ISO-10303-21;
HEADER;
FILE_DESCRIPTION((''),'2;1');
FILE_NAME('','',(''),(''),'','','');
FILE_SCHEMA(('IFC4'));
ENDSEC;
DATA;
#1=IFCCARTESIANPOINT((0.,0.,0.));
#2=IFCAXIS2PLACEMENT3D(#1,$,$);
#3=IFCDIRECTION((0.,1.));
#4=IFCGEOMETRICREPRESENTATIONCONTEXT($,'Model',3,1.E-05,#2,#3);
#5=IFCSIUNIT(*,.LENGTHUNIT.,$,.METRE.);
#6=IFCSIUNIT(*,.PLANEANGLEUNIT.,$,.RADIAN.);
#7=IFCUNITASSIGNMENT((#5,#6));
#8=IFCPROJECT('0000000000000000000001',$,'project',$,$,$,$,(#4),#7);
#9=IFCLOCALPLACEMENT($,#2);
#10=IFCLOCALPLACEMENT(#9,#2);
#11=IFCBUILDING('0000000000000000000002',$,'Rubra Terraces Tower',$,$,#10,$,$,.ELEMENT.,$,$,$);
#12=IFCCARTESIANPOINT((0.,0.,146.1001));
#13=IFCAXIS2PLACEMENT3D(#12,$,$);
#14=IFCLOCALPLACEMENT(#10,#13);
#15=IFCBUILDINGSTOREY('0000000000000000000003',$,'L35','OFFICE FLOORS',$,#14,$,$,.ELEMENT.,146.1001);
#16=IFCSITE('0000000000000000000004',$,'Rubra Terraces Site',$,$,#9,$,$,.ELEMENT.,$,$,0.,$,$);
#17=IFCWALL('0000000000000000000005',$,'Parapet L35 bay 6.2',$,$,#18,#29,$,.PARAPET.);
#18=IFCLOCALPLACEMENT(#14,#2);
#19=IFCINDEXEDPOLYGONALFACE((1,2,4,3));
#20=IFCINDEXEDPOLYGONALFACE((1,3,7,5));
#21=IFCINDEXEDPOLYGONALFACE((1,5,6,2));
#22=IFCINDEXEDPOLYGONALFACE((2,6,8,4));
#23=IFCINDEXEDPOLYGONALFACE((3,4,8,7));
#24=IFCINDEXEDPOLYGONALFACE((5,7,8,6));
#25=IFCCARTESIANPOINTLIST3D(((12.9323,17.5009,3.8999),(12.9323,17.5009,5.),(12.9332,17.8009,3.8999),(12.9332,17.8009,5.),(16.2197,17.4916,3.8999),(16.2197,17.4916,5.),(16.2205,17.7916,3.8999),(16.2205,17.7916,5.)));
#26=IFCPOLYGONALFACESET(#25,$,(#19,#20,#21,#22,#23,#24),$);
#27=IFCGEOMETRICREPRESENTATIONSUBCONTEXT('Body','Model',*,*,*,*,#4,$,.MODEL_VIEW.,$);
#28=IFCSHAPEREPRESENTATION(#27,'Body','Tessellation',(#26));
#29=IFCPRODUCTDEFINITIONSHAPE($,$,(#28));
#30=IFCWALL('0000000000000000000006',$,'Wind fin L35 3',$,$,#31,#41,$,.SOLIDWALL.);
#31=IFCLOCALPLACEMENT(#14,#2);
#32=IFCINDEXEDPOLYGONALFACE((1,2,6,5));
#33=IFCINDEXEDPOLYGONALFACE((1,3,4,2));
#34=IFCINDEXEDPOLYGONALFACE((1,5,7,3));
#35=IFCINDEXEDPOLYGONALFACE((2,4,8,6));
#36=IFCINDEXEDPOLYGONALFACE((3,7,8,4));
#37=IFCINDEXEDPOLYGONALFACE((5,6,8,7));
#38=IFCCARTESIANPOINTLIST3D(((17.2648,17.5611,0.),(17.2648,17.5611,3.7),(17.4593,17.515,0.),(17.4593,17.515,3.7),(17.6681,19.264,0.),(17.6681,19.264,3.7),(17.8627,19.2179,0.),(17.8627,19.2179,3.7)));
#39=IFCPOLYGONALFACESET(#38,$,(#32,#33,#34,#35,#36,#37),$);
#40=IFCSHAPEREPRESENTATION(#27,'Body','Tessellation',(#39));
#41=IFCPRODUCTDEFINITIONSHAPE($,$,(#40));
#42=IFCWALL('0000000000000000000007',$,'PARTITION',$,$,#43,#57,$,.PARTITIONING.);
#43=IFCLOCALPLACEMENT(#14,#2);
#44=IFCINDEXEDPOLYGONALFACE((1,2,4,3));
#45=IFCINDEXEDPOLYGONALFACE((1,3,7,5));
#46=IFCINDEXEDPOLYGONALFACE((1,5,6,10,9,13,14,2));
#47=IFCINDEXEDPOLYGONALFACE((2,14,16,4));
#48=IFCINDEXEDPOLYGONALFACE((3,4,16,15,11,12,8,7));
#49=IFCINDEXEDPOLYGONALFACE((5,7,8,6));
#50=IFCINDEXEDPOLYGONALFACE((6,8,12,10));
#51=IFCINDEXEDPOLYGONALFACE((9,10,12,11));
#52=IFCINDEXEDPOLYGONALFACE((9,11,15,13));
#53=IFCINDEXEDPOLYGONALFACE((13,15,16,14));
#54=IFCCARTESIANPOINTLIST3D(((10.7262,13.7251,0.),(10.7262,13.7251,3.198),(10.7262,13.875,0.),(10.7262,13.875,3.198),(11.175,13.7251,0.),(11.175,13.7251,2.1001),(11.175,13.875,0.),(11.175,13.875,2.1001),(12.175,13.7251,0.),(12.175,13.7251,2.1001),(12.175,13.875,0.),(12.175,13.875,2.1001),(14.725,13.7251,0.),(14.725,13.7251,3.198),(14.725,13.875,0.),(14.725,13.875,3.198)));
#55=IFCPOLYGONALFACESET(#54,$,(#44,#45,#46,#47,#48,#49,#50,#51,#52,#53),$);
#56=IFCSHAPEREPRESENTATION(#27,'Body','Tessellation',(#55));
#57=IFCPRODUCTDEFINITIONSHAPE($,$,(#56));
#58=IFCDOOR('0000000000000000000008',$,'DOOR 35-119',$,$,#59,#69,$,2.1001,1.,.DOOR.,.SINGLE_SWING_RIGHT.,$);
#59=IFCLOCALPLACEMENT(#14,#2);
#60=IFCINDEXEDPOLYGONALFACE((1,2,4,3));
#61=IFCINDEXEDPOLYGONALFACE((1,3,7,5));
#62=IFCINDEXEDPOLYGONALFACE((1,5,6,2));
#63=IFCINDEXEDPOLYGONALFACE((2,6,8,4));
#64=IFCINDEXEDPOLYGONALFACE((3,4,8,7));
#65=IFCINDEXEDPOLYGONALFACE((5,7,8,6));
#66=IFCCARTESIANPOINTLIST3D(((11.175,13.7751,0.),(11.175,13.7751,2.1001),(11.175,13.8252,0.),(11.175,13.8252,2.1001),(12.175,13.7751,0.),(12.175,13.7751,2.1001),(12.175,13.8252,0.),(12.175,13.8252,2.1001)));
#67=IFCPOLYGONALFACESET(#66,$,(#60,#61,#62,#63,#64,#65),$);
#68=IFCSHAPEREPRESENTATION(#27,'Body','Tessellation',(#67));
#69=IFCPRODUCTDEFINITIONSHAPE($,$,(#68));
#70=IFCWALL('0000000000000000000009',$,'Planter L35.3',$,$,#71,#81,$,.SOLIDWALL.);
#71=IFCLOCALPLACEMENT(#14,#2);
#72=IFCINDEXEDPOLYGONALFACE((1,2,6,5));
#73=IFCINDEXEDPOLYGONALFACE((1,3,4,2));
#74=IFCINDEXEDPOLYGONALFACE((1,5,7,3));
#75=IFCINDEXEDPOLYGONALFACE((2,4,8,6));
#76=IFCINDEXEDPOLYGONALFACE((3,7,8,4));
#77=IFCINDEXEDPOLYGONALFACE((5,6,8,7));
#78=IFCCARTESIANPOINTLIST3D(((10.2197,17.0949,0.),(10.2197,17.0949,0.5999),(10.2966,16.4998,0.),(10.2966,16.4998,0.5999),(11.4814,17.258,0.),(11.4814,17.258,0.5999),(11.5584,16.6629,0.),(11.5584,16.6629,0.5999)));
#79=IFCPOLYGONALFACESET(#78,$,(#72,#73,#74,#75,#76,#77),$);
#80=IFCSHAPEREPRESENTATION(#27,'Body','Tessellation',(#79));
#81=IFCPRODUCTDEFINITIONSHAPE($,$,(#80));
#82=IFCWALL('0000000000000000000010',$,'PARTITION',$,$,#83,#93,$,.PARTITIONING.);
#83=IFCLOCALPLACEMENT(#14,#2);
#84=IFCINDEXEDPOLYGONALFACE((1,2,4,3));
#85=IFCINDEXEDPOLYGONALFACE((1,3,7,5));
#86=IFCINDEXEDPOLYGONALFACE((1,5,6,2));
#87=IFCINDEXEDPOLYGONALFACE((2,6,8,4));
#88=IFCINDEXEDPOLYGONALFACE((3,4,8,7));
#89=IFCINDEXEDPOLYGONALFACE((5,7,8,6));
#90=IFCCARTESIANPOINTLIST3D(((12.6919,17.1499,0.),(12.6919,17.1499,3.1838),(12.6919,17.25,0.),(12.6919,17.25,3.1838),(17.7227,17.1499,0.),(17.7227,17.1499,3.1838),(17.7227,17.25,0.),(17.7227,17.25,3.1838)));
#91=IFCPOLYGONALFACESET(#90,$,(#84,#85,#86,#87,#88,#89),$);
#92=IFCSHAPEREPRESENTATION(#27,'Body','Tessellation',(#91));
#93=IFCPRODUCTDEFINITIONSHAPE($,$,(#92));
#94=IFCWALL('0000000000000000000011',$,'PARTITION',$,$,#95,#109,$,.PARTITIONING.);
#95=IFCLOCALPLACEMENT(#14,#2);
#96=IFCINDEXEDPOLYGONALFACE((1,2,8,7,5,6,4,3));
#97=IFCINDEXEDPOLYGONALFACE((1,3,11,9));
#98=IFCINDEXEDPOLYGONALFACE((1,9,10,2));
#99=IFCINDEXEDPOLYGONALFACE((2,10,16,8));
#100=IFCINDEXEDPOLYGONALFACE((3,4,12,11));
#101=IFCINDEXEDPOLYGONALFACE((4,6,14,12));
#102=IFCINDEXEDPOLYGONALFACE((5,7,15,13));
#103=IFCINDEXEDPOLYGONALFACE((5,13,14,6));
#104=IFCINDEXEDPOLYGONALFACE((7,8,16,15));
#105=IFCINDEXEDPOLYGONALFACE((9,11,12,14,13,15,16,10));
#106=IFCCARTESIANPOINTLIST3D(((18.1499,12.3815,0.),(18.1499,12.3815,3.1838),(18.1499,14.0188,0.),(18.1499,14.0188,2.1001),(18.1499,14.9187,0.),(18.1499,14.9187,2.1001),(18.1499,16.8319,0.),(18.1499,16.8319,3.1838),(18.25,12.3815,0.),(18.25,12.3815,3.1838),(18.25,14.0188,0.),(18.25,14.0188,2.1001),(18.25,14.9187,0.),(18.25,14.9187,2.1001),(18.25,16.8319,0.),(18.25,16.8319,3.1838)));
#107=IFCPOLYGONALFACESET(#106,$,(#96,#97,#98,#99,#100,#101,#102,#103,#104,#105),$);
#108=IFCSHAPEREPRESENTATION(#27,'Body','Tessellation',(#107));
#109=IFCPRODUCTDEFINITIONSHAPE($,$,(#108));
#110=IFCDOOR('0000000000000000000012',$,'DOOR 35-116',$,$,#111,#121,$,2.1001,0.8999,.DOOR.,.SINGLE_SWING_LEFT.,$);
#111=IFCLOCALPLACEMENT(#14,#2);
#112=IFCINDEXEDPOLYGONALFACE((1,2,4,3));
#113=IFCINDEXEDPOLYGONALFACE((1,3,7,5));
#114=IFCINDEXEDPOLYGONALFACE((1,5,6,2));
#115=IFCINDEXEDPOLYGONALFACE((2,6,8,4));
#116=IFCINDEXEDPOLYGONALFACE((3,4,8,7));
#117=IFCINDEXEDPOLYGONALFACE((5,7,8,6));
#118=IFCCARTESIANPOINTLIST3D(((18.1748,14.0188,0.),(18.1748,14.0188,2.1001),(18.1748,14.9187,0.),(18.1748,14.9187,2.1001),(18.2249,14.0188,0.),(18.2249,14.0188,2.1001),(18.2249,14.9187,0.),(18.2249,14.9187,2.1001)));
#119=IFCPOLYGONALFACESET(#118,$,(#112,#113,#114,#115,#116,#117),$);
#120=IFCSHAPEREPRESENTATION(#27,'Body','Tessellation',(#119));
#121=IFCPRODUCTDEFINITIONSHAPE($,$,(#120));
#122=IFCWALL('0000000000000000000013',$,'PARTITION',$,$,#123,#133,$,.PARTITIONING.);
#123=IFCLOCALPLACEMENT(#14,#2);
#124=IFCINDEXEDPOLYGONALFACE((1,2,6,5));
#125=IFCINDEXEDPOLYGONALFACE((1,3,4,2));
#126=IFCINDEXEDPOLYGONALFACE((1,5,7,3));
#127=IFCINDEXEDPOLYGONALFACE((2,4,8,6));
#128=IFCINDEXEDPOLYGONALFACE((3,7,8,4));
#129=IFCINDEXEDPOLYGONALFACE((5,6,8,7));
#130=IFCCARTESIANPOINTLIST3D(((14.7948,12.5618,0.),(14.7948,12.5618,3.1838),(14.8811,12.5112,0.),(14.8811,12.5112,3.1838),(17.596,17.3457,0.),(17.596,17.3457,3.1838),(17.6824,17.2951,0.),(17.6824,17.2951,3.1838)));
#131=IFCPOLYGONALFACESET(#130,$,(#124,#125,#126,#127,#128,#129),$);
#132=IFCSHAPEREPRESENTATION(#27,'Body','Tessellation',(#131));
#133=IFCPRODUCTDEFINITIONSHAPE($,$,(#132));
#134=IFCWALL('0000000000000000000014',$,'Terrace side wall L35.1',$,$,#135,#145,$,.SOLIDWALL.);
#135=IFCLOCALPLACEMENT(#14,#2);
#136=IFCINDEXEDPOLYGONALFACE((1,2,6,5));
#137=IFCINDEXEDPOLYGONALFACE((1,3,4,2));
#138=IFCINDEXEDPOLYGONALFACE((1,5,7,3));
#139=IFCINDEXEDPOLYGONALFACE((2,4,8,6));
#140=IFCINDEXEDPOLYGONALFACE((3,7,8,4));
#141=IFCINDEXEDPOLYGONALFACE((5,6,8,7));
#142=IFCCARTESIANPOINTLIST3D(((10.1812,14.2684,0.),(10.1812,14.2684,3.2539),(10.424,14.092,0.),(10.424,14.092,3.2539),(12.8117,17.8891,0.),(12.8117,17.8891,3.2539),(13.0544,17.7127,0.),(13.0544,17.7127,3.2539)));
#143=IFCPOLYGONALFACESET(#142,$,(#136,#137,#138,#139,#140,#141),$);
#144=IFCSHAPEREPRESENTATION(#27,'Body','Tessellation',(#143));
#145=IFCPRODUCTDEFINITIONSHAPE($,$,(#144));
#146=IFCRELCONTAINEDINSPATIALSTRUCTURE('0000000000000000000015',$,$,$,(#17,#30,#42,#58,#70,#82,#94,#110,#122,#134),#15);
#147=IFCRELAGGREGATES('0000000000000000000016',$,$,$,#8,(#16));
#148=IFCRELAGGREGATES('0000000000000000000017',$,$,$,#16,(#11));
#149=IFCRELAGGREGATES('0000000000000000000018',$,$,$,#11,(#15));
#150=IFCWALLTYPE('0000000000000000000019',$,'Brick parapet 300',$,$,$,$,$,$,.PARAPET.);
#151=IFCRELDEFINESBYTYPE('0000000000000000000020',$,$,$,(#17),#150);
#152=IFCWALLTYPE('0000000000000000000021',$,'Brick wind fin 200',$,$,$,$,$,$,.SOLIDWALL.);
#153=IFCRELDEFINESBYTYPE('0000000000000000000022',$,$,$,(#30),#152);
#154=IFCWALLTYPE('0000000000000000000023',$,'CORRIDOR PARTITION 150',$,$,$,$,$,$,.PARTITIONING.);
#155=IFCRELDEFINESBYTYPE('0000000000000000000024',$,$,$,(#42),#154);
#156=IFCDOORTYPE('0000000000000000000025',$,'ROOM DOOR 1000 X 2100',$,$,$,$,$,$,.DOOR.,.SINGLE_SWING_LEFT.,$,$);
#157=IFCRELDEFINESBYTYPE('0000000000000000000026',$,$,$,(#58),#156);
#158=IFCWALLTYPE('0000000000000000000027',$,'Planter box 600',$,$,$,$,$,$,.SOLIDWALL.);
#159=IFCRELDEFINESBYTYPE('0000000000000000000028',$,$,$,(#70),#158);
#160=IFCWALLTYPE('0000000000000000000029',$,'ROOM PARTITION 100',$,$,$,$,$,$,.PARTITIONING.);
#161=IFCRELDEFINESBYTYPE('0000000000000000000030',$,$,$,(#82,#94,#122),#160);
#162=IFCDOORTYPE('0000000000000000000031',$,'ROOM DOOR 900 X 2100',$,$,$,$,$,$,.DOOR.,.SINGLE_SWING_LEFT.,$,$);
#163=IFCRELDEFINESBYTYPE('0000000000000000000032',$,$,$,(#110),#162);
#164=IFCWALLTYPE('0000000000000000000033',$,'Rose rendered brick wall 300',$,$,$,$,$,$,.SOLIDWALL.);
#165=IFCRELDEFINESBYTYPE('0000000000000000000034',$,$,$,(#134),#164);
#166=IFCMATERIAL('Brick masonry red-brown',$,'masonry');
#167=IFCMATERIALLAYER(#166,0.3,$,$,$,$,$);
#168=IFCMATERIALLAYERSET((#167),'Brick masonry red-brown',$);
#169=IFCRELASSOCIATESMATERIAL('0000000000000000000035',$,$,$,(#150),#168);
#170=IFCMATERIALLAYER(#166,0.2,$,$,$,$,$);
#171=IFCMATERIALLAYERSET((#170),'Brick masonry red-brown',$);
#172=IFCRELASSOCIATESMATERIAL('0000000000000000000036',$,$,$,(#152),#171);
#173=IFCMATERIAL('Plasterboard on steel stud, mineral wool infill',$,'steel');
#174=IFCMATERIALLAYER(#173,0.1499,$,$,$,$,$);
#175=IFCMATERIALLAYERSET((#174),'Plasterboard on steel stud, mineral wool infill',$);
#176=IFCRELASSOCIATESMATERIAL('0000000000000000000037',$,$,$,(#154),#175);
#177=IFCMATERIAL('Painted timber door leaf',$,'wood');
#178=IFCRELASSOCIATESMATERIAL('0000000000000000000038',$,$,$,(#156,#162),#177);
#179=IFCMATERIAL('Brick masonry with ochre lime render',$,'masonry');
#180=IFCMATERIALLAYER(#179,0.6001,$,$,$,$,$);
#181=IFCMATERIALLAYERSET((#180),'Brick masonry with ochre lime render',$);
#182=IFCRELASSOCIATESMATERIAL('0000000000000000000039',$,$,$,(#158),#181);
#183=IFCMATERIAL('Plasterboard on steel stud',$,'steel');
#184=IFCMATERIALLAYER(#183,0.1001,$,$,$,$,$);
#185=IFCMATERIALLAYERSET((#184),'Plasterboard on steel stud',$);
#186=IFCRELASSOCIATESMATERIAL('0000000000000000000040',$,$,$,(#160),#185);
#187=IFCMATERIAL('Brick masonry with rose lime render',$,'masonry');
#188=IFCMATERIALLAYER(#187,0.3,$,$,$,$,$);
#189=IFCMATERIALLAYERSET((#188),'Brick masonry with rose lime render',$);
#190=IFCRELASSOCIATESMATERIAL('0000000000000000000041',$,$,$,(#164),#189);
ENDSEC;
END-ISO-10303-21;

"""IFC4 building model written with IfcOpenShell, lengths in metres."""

from ifc_helpers import new_model, si_unit, direction, frame, frame_2d, origin, place, context, subcontext, project, spatial, rectangle, extrude, material, layer, layer_set, type_object, element, fill, save


model = new_model("IFC4")

# Units and contexts
model_context = context("Model", 3, precision=1e-05, world=origin(), true_north=direction((0.0, 1.0)))
body_context = subcontext(model_context, "Body", "Model", "MODEL_VIEW")
ifc_project = project(units=[si_unit("LENGTHUNIT", "METRE"), si_unit("PLANEANGLEUNIT", "RADIAN")], contexts=[model_context])

# Site, building, storey
site_placement = place(None, origin())
site = spatial("IfcSite", under=ifc_project, at=site_placement, Name="Rubra Terraces Site", CompositionType="ELEMENT", RefElevation=0.0)
building_placement = place(site_placement, origin())
building = spatial("IfcBuilding", under=site, at=building_placement, Name="Rubra Terraces Tower", CompositionType="ELEMENT")
storey_placement = place(building_placement, frame((0.0, 0.0, 146.1001)))
storey = spatial("IfcBuildingStorey", under=building, at=storey_placement, Name="L35", Description="OFFICE FLOORS", CompositionType="ELEMENT", Elevation=146.1001)

# Shared definitions
ifc_material_1 = material(Name="Brick masonry red-brown", Category="masonry")

# Walls
ifc_layer_1 = layer(ifc_material_1, 0.3)
ifc_layer_set_1 = layer_set([ifc_layer_1], Name="Brick masonry red-brown")
wall_type_1 = type_object("IfcWallType", Name="Brick parapet 300", PredefinedType="PARAPET", material=ifc_layer_set_1)
wall_1_placement = place(storey_placement, frame((16.22, 17.6416, 3.8999), z_axis=(0.0, 0.0, 1.0), x_axis=(-0.999996, 0.002822, 0.0)))
element("IfcWall", 1, at=wall_1_placement, inside=storey, type_object=wall_type_1, Name="Parapet L35 bay 6.2", PredefinedType="PARAPET", context=body_context, shape_type="SweptSolid", body=[
    extrude(rectangle(XDim=3.2874, YDim=0.3, at=frame_2d((1.6436, 0.0))), origin(), (0.0, 0.0, 1.0), 1.1001),
])
ifc_layer_2 = layer(ifc_material_1, 0.2)
ifc_layer_set_2 = layer_set([ifc_layer_2], Name="Brick masonry red-brown")
wall_type_2 = type_object("IfcWallType", Name="Brick wind fin 200", PredefinedType="SOLIDWALL", material=ifc_layer_set_2)
wall_2_placement = place(storey_placement, frame((17.3621, 17.5381, 0.0), z_axis=(0.0, 0.0, 1.0), x_axis=(0.23047, 0.973079, 0.0)))
element("IfcWall", 2, at=wall_2_placement, inside=storey, type_object=wall_type_2, Name="Wind fin L35 3", PredefinedType="SOLIDWALL", context=body_context, shape_type="SweptSolid", body=[
    extrude(rectangle(XDim=1.75, YDim=0.2, at=frame_2d((0.875, 0.0))), origin(), (0.0, 0.0, 1.0), 3.7),
])

# Wall, opening, door
ifc_material_2 = material(Name="Plasterboard on steel stud, mineral wool infill", Category="steel")
ifc_layer_3 = layer(ifc_material_2, 0.1499)
ifc_layer_set_3 = layer_set([ifc_layer_3], Name="Plasterboard on steel stud, mineral wool infill")
wall_type_3 = type_object("IfcWallType", Name="CORRIDOR PARTITION 150", PredefinedType="PARTITIONING", material=ifc_layer_set_3)
wall_3_placement = place(storey_placement, frame((14.7251, 13.8, 0.0), z_axis=(0.0, 0.0, 1.0), x_axis=(-1.0, 0.0, 0.0)))
wall_3 = element("IfcWall", 3, at=wall_3_placement, inside=storey, type_object=wall_type_3, Name="PARTITION", PredefinedType="PARTITIONING", context=body_context, shape_type="SweptSolid", body=[
    extrude(rectangle(XDim=3.9988, YDim=0.1499, at=frame_2d((1.9995, 0.0))), origin(), (0.0, 0.0, 1.0), 3.198),
])
opening_1_placement = place(wall_3_placement, frame((2.55, 0.0, 0.0)))
opening_1 = element("IfcOpeningElement", 4, at=opening_1_placement, cuts=wall_3, PredefinedType="OPENING", context=body_context, shape_type="SweptSolid", body=[
    extrude(rectangle(XDim=1.0, YDim=2.1001, at=frame_2d((0.5, 1.05))), frame((0.0, 0.085, 0.0), z_axis=(0.0, -1.0, 0.0), x_axis=(1.0, 0.0, 0.0)), (0.0, 0.0, 1.0), 0.1699),
])
ifc_material_3 = material(Name="Painted timber door leaf", Category="wood")
door_type_1 = type_object("IfcDoorType", Name="ROOM DOOR 1000 X 2100", OperationType="SINGLE_SWING_LEFT", PredefinedType="DOOR", material=ifc_material_3)
door_1_placement = place(opening_1_placement, origin())
door_1 = element("IfcDoor", 5, at=door_1_placement, inside=storey, type_object=door_type_1, Name="DOOR 35-119", OperationType="SINGLE_SWING_RIGHT", OverallHeight=2.1001, OverallWidth=1.0, PredefinedType="DOOR", context=body_context, shape_type="SweptSolid", body=[
    extrude(rectangle(XDim=1.0, YDim=2.1001, at=frame_2d((0.5, 1.05))), frame((0.0, 0.0249, 0.0), z_axis=(0.0, -1.0, 0.0), x_axis=(1.0, 0.0, 0.0)), (0.0, 0.0, 1.0), 0.05),
])
fill(opening_1, door_1)
ifc_material_4 = material(Name="Brick masonry with ochre lime render", Category="masonry")

# Walls
ifc_layer_4 = layer(ifc_material_4, 0.6001)
ifc_layer_set_4 = layer_set([ifc_layer_4], Name="Brick masonry with ochre lime render")
wall_type_4 = type_object("IfcWallType", Name="Planter box 600", PredefinedType="SOLIDWALL", material=ifc_layer_set_4)
wall_4_placement = place(storey_placement, frame((11.52, 16.9604, 0.0), z_axis=(0.0, 0.0, 1.0), x_axis=(-0.99175, -0.128191, 0.0)))
element("IfcWall", 6, at=wall_4_placement, inside=storey, type_object=wall_type_4, Name="Planter L35.3", PredefinedType="SOLIDWALL", context=body_context, shape_type="SweptSolid", body=[
    extrude(rectangle(XDim=1.2722, YDim=0.6001, at=frame_2d((0.6362, 0.0))), origin(), (0.0, 0.0, 1.0), 0.5999),
])
ifc_material_5 = material(Name="Plasterboard on steel stud", Category="steel")
ifc_layer_5 = layer(ifc_material_5, 0.1001)
ifc_layer_set_5 = layer_set([ifc_layer_5], Name="Plasterboard on steel stud")
wall_type_5 = type_object("IfcWallType", Name="ROOM PARTITION 100", PredefinedType="PARTITIONING", material=ifc_layer_set_5)
wall_5_placement = place(storey_placement, frame((12.6919, 17.2, 0.0), z_axis=(0.0, 0.0, 1.0), x_axis=(1.0, 0.0, 0.0)))
element("IfcWall", 7, at=wall_5_placement, inside=storey, type_object=wall_type_5, Name="PARTITION", PredefinedType="PARTITIONING", context=body_context, shape_type="SweptSolid", body=[
    extrude(rectangle(XDim=5.0308, YDim=0.1001, at=frame_2d((2.5154, 0.0))), origin(), (0.0, 0.0, 1.0), 3.1838),
])

# Wall, opening, door
wall_6_placement = place(storey_placement, frame((18.2, 16.8318, 0.0), z_axis=(0.0, 0.0, 1.0), x_axis=(0.0, -1.0, 0.0)))
wall_6 = element("IfcWall", 8, at=wall_6_placement, inside=storey, type_object=wall_type_5, Name="PARTITION", PredefinedType="PARTITIONING", context=body_context, shape_type="SweptSolid", body=[
    extrude(rectangle(XDim=4.4504, YDim=0.1001, at=frame_2d((2.2251, 0.0))), origin(), (0.0, 0.0, 1.0), 3.1838),
])
opening_2_placement = place(wall_6_placement, frame((1.9131, 0.0, 0.0)))
opening_2 = element("IfcOpeningElement", 9, at=opening_2_placement, cuts=wall_6, PredefinedType="OPENING", context=body_context, shape_type="SweptSolid", body=[
    extrude(rectangle(XDim=0.8999, YDim=2.1001, at=frame_2d((0.45, 1.05))), frame((0.0, 0.0601, 0.0), z_axis=(0.0, -1.0, 0.0), x_axis=(1.0, 0.0, 0.0)), (0.0, 0.0, 1.0), 0.1201),
])
door_type_2 = type_object("IfcDoorType", Name="ROOM DOOR 900 X 2100", OperationType="SINGLE_SWING_LEFT", PredefinedType="DOOR", material=ifc_material_3)
door_2_placement = place(opening_2_placement, origin())
door_2 = element("IfcDoor", 10, at=door_2_placement, inside=storey, type_object=door_type_2, Name="DOOR 35-116", OperationType="SINGLE_SWING_LEFT", OverallHeight=2.1001, OverallWidth=0.8999, PredefinedType="DOOR", context=body_context, shape_type="SweptSolid", body=[
    extrude(rectangle(XDim=0.8999, YDim=2.1001, at=frame_2d((0.45, 1.05))), frame((0.0, 0.0249, 0.0), z_axis=(0.0, -1.0, 0.0), x_axis=(1.0, 0.0, 0.0)), (0.0, 0.0, 1.0), 0.05),
])
fill(opening_2, door_2)

# Walls
wall_7_placement = place(storey_placement, frame((14.8379, 12.5364, 0.0), z_axis=(0.0, 0.0, 1.0), x_axis=(0.505302, 0.862942, 0.0)))
element("IfcWall", 11, at=wall_7_placement, inside=storey, type_object=wall_type_5, Name="PARTITION", PredefinedType="PARTITIONING", context=body_context, shape_type="SweptSolid", body=[
    extrude(rectangle(XDim=5.5437, YDim=0.1001, at=frame_2d((2.772, 0.0))), origin(), (0.0, 0.0, 1.0), 3.1838),
])
ifc_material_6 = material(Name="Brick masonry with rose lime render", Category="masonry")
ifc_layer_6 = layer(ifc_material_6, 0.3)
ifc_layer_set_6 = layer_set([ifc_layer_6], Name="Brick masonry with rose lime render")
wall_type_6 = type_object("IfcWallType", Name="Rose rendered brick wall 300", PredefinedType="SOLIDWALL", material=ifc_layer_set_6)
wall_8_placement = place(storey_placement, frame((12.9331, 17.801, 0.0), z_axis=(0.0, 0.0, 1.0), x_axis=(-0.587763, -0.809033, 0.0)))
element("IfcWall", 12, at=wall_8_placement, inside=storey, type_object=wall_type_6, Name="Terrace side wall L35.1", PredefinedType="SOLIDWALL", context=body_context, shape_type="SweptSolid", body=[
    extrude(rectangle(XDim=4.4753, YDim=0.3, at=frame_2d((2.2378, 0.0))), origin(), (0.0, 0.0, 1.0), 3.2539),
])

save(model, "model.ifc")
